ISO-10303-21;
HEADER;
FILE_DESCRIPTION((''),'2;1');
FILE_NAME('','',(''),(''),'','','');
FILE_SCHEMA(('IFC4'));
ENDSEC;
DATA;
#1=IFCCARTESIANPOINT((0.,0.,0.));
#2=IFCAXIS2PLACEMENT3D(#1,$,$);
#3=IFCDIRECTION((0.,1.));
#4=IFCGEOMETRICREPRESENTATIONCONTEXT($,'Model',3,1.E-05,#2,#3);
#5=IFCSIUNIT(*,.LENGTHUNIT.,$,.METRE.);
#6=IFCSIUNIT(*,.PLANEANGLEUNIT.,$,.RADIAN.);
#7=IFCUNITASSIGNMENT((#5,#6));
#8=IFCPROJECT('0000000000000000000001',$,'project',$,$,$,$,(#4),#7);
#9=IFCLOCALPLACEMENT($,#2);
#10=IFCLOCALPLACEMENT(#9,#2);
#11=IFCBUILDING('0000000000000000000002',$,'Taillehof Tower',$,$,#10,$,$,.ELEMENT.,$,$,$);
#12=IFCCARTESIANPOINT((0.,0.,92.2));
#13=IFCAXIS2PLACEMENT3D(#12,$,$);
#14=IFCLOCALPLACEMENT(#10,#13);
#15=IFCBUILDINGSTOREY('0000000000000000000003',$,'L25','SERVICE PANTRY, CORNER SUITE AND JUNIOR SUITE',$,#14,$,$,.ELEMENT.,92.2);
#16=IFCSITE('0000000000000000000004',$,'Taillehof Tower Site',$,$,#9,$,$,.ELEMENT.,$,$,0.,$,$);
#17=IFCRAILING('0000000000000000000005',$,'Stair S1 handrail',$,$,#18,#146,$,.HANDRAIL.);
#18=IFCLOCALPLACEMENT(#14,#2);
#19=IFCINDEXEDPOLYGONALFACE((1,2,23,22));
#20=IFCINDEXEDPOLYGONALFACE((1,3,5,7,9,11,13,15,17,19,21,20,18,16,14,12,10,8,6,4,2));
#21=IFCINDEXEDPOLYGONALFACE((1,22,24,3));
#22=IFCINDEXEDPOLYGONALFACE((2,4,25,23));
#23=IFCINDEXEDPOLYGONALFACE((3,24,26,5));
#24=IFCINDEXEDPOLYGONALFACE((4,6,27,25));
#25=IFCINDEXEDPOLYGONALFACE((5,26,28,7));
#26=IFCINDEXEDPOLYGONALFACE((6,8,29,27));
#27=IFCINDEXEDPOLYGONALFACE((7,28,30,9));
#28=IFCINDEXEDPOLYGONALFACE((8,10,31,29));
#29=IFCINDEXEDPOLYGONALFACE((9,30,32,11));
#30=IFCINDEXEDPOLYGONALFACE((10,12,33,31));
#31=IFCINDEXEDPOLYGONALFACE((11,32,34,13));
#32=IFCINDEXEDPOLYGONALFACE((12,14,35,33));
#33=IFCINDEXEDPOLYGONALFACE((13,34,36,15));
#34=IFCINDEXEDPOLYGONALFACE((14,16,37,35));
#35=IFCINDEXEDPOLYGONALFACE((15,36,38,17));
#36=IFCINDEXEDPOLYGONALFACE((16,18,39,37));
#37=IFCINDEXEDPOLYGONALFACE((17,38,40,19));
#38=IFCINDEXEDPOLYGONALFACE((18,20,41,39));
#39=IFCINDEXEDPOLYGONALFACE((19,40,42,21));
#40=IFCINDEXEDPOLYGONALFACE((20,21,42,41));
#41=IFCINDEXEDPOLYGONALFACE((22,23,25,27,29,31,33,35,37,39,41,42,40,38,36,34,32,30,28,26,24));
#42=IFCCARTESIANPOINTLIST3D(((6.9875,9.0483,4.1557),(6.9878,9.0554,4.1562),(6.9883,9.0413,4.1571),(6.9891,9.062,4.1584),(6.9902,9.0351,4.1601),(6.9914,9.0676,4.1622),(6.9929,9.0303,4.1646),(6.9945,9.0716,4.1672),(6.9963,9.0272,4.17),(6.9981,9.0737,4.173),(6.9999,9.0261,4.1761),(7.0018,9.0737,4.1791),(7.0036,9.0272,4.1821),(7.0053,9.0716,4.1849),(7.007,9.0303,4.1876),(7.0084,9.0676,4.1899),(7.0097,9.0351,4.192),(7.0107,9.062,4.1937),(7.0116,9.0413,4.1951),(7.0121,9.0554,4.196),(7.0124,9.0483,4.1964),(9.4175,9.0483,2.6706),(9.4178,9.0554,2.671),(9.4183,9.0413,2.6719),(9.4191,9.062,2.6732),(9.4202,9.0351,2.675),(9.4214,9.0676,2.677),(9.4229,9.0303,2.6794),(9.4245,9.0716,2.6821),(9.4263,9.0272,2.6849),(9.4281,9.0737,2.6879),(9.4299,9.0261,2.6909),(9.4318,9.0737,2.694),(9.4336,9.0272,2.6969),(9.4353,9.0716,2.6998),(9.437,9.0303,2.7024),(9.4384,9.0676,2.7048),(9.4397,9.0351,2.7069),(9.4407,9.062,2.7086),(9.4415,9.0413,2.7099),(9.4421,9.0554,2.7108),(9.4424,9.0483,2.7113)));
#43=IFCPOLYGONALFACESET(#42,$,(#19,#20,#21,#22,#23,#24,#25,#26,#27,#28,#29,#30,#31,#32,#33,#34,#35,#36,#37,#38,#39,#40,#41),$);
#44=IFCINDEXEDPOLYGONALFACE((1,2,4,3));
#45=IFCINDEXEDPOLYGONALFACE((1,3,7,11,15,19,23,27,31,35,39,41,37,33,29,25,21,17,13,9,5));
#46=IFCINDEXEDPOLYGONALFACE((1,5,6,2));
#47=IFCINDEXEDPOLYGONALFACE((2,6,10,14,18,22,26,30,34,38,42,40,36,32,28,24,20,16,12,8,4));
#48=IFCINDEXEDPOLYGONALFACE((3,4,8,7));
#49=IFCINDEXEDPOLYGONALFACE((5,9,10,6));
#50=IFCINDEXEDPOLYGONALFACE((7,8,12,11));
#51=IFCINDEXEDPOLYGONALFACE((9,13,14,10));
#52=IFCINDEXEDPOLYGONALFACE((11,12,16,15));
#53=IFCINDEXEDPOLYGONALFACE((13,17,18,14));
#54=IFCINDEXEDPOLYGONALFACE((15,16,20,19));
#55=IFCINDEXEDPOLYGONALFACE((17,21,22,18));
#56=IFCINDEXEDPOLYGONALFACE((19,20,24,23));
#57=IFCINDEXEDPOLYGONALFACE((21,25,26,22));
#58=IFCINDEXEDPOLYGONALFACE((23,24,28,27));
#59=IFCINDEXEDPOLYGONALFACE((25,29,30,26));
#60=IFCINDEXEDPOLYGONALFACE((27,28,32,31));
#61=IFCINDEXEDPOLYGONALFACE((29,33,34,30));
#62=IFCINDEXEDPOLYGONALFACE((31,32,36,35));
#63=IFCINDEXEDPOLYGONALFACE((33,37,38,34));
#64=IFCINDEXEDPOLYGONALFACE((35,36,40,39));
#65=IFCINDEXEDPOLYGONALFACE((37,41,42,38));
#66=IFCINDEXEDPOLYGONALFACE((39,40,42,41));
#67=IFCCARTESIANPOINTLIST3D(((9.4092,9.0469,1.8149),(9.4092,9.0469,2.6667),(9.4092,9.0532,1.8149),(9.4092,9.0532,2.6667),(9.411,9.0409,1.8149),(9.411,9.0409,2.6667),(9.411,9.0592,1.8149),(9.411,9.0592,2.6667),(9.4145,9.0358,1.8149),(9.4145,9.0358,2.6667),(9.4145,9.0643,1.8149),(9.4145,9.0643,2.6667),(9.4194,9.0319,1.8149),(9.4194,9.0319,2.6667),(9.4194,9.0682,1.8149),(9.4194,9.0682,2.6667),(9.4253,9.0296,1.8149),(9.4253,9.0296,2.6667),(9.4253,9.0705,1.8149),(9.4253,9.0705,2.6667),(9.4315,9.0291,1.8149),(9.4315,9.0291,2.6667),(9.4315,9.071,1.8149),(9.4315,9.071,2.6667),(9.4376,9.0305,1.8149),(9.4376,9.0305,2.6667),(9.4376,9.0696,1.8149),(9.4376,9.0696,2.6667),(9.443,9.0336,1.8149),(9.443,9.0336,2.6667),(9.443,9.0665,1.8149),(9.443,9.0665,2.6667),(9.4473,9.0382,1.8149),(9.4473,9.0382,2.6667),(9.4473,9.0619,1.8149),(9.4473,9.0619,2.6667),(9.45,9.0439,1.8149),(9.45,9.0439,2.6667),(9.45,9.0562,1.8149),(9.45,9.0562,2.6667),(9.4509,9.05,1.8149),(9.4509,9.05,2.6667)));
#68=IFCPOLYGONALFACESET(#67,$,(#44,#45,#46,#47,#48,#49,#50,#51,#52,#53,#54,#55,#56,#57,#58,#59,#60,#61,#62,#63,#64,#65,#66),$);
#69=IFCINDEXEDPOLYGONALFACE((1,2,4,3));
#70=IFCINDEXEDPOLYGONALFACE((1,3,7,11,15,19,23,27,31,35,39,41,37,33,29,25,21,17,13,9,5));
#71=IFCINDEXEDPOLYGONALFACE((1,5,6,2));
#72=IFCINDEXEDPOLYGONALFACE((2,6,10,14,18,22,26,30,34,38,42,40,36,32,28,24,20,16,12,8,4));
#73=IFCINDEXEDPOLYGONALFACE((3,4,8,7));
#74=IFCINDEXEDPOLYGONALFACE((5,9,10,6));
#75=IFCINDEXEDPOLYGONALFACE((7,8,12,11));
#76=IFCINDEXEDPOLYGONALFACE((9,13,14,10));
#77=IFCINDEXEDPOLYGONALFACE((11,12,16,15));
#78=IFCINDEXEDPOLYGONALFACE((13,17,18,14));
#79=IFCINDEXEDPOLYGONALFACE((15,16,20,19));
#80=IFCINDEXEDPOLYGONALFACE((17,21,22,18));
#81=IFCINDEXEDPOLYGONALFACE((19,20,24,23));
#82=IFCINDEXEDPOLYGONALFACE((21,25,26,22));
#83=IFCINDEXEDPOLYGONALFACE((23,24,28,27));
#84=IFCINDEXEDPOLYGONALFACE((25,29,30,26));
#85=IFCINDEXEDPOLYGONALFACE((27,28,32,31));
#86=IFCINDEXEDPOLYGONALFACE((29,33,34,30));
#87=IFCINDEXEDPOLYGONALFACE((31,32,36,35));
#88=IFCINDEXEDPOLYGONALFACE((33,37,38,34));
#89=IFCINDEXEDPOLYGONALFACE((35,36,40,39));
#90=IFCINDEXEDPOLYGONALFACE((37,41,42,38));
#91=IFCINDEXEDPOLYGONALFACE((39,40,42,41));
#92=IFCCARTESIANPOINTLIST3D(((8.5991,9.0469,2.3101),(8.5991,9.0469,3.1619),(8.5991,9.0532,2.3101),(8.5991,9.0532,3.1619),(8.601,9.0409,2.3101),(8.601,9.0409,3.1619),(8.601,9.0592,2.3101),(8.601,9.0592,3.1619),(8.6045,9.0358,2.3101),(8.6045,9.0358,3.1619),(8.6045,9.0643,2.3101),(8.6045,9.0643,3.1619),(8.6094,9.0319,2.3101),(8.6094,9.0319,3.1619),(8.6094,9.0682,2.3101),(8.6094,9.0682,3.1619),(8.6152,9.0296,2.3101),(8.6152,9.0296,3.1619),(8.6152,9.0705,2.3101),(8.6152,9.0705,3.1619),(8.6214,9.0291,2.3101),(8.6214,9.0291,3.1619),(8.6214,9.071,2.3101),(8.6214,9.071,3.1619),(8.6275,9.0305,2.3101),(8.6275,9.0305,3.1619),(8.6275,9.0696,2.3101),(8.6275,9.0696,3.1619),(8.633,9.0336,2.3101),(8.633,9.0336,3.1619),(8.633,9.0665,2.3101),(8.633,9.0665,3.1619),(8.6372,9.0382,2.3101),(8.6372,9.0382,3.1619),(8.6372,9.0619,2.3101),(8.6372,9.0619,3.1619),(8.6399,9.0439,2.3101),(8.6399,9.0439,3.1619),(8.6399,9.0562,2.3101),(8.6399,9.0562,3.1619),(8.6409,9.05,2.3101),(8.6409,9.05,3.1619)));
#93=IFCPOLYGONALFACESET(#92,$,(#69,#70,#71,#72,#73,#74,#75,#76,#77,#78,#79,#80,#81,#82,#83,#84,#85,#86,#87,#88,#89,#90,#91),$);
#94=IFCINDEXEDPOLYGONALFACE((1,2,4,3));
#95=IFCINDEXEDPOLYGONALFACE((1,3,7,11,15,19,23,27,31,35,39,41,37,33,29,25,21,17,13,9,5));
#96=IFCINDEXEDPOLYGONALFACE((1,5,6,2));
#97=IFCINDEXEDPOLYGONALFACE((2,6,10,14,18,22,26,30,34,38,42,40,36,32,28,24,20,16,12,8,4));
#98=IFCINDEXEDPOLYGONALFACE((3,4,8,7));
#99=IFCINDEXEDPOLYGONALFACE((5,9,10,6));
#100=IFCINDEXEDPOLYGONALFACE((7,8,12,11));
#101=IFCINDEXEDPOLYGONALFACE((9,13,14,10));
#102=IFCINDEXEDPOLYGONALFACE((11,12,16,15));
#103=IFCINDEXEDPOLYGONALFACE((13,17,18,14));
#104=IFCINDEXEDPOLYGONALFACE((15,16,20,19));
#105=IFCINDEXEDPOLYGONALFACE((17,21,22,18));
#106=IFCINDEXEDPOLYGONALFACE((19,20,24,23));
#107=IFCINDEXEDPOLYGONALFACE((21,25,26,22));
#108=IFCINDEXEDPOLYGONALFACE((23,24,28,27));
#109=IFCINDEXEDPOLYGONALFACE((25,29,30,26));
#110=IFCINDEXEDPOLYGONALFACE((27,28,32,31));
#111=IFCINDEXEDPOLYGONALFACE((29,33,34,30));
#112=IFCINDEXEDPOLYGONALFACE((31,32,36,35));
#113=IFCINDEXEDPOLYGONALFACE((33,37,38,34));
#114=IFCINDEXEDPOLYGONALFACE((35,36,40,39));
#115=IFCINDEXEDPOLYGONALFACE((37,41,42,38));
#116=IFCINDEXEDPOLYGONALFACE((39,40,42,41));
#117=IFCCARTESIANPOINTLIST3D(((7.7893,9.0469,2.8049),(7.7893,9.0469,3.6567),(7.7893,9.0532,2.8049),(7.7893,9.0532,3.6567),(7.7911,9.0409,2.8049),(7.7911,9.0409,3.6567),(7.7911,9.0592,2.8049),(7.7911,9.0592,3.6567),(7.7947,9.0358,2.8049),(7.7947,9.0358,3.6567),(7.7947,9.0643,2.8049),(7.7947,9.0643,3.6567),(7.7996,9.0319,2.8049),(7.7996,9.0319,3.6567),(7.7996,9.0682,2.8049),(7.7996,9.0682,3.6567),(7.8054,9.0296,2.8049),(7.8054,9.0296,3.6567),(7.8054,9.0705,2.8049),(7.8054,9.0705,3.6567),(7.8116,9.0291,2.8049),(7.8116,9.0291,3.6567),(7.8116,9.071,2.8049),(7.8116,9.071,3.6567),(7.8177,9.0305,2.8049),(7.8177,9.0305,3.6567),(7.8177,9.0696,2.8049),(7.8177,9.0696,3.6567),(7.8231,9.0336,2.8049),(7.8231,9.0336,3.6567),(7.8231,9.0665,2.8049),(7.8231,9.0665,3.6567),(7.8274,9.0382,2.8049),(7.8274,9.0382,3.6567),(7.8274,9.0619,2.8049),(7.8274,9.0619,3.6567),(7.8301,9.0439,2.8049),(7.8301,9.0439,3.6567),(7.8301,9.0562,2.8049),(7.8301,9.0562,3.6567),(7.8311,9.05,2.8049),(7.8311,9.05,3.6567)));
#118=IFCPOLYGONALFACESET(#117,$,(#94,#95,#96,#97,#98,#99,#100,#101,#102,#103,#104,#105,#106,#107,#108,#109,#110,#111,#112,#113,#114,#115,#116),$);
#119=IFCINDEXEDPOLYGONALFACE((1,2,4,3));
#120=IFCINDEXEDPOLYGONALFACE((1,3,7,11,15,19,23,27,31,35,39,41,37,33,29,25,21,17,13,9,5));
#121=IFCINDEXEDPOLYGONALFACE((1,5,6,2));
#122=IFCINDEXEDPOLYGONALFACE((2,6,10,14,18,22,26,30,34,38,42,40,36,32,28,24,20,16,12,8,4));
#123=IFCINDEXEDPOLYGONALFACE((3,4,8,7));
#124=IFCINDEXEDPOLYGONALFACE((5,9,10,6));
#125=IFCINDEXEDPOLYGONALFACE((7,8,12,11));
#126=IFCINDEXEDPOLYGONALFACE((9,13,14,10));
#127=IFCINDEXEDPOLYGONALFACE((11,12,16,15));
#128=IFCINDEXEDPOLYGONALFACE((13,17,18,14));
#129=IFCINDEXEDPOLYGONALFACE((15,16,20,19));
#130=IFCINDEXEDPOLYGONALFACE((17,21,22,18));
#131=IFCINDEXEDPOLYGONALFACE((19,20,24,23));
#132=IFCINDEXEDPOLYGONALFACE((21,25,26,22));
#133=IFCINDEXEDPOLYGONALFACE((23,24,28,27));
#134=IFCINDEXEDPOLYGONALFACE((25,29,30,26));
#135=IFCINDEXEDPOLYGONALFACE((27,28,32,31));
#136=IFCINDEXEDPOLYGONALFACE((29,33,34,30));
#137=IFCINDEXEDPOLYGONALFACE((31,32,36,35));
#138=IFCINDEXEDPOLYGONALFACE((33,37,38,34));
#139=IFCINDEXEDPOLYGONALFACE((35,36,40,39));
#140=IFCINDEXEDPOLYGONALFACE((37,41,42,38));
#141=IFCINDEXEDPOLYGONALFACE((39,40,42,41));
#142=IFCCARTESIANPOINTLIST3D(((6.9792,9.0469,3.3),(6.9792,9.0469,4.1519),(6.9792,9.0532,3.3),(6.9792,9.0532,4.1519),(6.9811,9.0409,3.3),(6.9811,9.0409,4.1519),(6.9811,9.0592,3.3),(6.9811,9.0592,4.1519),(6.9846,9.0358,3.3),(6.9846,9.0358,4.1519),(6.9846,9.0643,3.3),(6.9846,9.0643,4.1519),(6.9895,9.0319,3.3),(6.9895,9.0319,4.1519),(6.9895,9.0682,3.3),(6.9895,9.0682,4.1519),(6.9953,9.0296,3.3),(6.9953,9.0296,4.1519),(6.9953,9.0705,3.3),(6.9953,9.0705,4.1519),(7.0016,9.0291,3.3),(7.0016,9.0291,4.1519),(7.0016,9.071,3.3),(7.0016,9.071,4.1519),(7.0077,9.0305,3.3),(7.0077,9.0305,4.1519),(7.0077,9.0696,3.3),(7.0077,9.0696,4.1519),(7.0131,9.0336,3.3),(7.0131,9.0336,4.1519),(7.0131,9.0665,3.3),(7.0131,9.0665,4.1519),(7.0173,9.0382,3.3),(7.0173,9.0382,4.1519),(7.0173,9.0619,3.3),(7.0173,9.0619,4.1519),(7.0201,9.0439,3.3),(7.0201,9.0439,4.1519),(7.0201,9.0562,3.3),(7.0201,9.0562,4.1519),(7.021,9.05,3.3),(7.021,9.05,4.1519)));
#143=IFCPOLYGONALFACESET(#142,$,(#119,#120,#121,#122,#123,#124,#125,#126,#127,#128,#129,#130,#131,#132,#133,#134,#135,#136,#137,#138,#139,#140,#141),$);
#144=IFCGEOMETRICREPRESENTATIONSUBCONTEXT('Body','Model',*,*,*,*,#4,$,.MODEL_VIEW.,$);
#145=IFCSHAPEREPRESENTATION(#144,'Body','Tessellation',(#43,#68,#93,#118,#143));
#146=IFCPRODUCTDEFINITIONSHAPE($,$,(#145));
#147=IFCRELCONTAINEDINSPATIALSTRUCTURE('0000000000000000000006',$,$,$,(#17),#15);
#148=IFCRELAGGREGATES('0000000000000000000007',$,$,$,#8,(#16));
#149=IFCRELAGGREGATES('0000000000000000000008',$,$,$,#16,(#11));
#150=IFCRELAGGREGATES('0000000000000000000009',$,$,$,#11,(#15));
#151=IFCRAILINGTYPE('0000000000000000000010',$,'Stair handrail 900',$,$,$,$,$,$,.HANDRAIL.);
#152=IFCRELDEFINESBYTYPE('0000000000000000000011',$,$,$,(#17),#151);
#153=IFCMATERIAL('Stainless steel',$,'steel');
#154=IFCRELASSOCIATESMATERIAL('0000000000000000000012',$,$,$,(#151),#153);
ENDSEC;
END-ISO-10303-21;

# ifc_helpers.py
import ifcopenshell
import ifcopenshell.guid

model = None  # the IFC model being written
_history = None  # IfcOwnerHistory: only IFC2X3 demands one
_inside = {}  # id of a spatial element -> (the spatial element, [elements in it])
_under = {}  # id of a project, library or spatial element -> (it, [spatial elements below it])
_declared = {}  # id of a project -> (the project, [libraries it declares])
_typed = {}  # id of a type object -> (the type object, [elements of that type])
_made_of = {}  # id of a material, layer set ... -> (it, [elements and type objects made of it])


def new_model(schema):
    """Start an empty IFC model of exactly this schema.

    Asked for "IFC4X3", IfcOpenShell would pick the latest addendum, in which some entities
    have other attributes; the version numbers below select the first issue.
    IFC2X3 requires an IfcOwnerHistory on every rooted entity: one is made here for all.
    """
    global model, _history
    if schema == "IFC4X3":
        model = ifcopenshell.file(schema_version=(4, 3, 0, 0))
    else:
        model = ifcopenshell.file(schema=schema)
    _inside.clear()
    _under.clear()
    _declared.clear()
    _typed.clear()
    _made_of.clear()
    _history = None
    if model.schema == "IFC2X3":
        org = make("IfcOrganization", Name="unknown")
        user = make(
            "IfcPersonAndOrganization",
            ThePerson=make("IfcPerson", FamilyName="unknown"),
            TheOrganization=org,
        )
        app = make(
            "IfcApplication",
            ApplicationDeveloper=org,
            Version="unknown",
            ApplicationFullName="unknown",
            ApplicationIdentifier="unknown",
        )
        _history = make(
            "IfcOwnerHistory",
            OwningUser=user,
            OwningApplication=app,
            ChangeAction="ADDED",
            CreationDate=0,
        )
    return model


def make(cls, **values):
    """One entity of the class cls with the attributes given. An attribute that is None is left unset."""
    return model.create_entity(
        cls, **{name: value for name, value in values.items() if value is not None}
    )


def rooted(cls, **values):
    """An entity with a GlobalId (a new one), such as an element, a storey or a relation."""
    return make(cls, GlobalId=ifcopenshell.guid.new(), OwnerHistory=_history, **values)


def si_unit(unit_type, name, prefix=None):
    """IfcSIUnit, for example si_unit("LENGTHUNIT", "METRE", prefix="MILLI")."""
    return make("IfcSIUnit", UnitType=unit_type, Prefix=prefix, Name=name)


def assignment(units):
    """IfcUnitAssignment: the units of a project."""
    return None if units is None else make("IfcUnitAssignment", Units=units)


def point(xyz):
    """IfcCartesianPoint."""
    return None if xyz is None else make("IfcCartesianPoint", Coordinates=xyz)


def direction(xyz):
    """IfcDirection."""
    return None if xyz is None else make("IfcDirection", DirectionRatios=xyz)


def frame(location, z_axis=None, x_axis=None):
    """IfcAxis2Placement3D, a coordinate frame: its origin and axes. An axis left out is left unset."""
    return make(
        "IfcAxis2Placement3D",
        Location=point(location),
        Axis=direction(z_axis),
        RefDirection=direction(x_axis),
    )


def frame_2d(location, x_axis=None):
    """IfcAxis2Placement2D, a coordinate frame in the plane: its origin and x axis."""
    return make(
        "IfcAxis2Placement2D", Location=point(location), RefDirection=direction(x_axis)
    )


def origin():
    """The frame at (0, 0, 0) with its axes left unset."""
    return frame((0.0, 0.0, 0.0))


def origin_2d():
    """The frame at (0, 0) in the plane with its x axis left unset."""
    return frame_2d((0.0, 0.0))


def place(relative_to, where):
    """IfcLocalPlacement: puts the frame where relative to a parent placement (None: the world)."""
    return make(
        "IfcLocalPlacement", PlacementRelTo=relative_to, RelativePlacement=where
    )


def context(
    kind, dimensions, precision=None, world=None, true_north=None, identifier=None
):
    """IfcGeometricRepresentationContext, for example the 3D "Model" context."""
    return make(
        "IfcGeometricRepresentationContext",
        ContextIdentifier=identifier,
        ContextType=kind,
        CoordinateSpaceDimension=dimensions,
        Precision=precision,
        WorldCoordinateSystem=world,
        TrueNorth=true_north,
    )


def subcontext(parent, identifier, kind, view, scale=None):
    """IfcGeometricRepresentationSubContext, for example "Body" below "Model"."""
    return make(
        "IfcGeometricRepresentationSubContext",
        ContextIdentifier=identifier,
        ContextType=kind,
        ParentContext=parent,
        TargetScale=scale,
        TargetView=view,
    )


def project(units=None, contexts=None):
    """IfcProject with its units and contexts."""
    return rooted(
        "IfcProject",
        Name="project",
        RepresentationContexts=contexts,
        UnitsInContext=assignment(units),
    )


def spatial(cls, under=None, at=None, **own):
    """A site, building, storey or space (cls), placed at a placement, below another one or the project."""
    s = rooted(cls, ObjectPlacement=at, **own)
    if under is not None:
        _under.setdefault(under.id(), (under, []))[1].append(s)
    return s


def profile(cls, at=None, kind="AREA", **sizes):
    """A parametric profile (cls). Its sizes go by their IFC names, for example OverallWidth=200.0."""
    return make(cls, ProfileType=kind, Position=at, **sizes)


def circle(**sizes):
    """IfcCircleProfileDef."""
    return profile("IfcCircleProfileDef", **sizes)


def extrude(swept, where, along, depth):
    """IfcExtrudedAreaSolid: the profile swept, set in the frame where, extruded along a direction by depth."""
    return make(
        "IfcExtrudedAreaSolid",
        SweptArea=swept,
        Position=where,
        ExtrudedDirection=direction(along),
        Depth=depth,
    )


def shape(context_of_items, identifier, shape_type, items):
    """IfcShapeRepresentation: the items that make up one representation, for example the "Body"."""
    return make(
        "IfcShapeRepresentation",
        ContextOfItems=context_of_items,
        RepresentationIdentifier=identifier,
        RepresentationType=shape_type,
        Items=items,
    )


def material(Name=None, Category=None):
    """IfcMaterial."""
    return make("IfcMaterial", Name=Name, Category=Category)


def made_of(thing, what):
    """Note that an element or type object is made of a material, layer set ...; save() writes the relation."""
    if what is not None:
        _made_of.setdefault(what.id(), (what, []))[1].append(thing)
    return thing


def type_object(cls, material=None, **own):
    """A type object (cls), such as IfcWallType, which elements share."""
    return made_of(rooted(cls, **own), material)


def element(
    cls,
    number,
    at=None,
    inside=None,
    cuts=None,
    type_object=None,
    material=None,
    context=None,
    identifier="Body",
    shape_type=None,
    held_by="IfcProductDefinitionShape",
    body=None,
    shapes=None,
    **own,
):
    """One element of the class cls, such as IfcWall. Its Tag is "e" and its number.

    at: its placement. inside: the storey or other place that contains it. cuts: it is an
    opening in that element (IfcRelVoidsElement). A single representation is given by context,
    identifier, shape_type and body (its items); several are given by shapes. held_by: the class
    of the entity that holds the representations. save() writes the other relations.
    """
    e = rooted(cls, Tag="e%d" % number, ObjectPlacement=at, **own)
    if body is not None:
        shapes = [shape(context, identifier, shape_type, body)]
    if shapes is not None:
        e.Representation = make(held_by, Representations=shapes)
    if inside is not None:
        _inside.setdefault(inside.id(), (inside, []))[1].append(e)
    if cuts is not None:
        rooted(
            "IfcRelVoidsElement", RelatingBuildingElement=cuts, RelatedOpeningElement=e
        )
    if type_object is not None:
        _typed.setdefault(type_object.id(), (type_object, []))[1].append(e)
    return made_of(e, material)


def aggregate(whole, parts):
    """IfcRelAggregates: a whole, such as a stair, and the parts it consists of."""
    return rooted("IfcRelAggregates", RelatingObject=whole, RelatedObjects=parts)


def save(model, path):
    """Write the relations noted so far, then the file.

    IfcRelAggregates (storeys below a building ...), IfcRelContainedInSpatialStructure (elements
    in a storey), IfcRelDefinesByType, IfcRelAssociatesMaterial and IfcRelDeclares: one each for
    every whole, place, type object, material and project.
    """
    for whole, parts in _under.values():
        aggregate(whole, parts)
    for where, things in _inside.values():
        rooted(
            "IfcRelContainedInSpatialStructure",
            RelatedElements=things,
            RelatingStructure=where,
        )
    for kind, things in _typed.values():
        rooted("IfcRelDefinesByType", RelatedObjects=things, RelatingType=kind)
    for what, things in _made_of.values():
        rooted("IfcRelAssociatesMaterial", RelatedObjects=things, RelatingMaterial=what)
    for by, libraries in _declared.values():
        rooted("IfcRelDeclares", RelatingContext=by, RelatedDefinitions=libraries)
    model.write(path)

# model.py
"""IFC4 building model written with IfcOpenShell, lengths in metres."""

from ifc_helpers import new_model, si_unit, direction, frame, origin, origin_2d, place, context, subcontext, project, spatial, circle, extrude, material, type_object, element, save


model = new_model("IFC4")

# Units and contexts
model_context = context("Model", 3, precision=1e-05, world=origin(), true_north=direction((0.0, 1.0)))
body_context = subcontext(model_context, "Body", "Model", "MODEL_VIEW")
ifc_project = project(units=[si_unit("LENGTHUNIT", "METRE"), si_unit("PLANEANGLEUNIT", "RADIAN")], contexts=[model_context])

# Site, building, storey
site_placement = place(None, origin())
site = spatial("IfcSite", under=ifc_project, at=site_placement, Name="Taillehof Tower Site", CompositionType="ELEMENT", RefElevation=0.0)
building_placement = place(site_placement, origin())
building = spatial("IfcBuilding", under=site, at=building_placement, Name="Taillehof Tower", CompositionType="ELEMENT")
storey_placement = place(building_placement, frame((0.0, 0.0, 92.2)))
storey = spatial("IfcBuildingStorey", under=building, at=storey_placement, Name="L25", Description="SERVICE PANTRY, CORNER SUITE AND JUNIOR SUITE", CompositionType="ELEMENT", Elevation=92.2)

# Railing
ifc_material_1 = material(Name="Stainless steel", Category="steel")
railing_type = type_object("IfcRailingType", Name="Stair handrail 900", PredefinedType="HANDRAIL", material=ifc_material_1)
railing_placement = place(storey_placement, frame((9.4299, 9.05, 1.8149)))
element("IfcRailing", 1, at=railing_placement, inside=storey, type_object=railing_type, Name="Stair S1 handrail", PredefinedType="HANDRAIL", context=body_context, shape_type="SweptSolid", body=[
    extrude(circle(Radius=0.0239, at=origin_2d()), frame((0.0, 0.0, 0.876), z_axis=(-0.853259, 0.0, 0.521488), x_axis=(0.0, -1.0, 0.0)), (0.0, 0.0, 1.0), 2.8479),
    extrude(circle(Radius=0.021, at=origin_2d()), origin(), (0.0, 0.0, 1.0), 0.8518),
    extrude(circle(Radius=0.021, at=origin_2d()), frame((-0.8101, 0.0, 0.4951)), (0.0, 0.0, 1.0), 0.8518),
    extrude(circle(Radius=0.021, at=origin_2d()), frame((-1.6199, 0.0, 0.99)), (0.0, 0.0, 1.0), 0.8518),
    extrude(circle(Radius=0.021, at=origin_2d()), frame((-2.4299, 0.0, 1.4851)), (0.0, 0.0, 1.0), 0.8518),
])

save(model, "model.ifc")
